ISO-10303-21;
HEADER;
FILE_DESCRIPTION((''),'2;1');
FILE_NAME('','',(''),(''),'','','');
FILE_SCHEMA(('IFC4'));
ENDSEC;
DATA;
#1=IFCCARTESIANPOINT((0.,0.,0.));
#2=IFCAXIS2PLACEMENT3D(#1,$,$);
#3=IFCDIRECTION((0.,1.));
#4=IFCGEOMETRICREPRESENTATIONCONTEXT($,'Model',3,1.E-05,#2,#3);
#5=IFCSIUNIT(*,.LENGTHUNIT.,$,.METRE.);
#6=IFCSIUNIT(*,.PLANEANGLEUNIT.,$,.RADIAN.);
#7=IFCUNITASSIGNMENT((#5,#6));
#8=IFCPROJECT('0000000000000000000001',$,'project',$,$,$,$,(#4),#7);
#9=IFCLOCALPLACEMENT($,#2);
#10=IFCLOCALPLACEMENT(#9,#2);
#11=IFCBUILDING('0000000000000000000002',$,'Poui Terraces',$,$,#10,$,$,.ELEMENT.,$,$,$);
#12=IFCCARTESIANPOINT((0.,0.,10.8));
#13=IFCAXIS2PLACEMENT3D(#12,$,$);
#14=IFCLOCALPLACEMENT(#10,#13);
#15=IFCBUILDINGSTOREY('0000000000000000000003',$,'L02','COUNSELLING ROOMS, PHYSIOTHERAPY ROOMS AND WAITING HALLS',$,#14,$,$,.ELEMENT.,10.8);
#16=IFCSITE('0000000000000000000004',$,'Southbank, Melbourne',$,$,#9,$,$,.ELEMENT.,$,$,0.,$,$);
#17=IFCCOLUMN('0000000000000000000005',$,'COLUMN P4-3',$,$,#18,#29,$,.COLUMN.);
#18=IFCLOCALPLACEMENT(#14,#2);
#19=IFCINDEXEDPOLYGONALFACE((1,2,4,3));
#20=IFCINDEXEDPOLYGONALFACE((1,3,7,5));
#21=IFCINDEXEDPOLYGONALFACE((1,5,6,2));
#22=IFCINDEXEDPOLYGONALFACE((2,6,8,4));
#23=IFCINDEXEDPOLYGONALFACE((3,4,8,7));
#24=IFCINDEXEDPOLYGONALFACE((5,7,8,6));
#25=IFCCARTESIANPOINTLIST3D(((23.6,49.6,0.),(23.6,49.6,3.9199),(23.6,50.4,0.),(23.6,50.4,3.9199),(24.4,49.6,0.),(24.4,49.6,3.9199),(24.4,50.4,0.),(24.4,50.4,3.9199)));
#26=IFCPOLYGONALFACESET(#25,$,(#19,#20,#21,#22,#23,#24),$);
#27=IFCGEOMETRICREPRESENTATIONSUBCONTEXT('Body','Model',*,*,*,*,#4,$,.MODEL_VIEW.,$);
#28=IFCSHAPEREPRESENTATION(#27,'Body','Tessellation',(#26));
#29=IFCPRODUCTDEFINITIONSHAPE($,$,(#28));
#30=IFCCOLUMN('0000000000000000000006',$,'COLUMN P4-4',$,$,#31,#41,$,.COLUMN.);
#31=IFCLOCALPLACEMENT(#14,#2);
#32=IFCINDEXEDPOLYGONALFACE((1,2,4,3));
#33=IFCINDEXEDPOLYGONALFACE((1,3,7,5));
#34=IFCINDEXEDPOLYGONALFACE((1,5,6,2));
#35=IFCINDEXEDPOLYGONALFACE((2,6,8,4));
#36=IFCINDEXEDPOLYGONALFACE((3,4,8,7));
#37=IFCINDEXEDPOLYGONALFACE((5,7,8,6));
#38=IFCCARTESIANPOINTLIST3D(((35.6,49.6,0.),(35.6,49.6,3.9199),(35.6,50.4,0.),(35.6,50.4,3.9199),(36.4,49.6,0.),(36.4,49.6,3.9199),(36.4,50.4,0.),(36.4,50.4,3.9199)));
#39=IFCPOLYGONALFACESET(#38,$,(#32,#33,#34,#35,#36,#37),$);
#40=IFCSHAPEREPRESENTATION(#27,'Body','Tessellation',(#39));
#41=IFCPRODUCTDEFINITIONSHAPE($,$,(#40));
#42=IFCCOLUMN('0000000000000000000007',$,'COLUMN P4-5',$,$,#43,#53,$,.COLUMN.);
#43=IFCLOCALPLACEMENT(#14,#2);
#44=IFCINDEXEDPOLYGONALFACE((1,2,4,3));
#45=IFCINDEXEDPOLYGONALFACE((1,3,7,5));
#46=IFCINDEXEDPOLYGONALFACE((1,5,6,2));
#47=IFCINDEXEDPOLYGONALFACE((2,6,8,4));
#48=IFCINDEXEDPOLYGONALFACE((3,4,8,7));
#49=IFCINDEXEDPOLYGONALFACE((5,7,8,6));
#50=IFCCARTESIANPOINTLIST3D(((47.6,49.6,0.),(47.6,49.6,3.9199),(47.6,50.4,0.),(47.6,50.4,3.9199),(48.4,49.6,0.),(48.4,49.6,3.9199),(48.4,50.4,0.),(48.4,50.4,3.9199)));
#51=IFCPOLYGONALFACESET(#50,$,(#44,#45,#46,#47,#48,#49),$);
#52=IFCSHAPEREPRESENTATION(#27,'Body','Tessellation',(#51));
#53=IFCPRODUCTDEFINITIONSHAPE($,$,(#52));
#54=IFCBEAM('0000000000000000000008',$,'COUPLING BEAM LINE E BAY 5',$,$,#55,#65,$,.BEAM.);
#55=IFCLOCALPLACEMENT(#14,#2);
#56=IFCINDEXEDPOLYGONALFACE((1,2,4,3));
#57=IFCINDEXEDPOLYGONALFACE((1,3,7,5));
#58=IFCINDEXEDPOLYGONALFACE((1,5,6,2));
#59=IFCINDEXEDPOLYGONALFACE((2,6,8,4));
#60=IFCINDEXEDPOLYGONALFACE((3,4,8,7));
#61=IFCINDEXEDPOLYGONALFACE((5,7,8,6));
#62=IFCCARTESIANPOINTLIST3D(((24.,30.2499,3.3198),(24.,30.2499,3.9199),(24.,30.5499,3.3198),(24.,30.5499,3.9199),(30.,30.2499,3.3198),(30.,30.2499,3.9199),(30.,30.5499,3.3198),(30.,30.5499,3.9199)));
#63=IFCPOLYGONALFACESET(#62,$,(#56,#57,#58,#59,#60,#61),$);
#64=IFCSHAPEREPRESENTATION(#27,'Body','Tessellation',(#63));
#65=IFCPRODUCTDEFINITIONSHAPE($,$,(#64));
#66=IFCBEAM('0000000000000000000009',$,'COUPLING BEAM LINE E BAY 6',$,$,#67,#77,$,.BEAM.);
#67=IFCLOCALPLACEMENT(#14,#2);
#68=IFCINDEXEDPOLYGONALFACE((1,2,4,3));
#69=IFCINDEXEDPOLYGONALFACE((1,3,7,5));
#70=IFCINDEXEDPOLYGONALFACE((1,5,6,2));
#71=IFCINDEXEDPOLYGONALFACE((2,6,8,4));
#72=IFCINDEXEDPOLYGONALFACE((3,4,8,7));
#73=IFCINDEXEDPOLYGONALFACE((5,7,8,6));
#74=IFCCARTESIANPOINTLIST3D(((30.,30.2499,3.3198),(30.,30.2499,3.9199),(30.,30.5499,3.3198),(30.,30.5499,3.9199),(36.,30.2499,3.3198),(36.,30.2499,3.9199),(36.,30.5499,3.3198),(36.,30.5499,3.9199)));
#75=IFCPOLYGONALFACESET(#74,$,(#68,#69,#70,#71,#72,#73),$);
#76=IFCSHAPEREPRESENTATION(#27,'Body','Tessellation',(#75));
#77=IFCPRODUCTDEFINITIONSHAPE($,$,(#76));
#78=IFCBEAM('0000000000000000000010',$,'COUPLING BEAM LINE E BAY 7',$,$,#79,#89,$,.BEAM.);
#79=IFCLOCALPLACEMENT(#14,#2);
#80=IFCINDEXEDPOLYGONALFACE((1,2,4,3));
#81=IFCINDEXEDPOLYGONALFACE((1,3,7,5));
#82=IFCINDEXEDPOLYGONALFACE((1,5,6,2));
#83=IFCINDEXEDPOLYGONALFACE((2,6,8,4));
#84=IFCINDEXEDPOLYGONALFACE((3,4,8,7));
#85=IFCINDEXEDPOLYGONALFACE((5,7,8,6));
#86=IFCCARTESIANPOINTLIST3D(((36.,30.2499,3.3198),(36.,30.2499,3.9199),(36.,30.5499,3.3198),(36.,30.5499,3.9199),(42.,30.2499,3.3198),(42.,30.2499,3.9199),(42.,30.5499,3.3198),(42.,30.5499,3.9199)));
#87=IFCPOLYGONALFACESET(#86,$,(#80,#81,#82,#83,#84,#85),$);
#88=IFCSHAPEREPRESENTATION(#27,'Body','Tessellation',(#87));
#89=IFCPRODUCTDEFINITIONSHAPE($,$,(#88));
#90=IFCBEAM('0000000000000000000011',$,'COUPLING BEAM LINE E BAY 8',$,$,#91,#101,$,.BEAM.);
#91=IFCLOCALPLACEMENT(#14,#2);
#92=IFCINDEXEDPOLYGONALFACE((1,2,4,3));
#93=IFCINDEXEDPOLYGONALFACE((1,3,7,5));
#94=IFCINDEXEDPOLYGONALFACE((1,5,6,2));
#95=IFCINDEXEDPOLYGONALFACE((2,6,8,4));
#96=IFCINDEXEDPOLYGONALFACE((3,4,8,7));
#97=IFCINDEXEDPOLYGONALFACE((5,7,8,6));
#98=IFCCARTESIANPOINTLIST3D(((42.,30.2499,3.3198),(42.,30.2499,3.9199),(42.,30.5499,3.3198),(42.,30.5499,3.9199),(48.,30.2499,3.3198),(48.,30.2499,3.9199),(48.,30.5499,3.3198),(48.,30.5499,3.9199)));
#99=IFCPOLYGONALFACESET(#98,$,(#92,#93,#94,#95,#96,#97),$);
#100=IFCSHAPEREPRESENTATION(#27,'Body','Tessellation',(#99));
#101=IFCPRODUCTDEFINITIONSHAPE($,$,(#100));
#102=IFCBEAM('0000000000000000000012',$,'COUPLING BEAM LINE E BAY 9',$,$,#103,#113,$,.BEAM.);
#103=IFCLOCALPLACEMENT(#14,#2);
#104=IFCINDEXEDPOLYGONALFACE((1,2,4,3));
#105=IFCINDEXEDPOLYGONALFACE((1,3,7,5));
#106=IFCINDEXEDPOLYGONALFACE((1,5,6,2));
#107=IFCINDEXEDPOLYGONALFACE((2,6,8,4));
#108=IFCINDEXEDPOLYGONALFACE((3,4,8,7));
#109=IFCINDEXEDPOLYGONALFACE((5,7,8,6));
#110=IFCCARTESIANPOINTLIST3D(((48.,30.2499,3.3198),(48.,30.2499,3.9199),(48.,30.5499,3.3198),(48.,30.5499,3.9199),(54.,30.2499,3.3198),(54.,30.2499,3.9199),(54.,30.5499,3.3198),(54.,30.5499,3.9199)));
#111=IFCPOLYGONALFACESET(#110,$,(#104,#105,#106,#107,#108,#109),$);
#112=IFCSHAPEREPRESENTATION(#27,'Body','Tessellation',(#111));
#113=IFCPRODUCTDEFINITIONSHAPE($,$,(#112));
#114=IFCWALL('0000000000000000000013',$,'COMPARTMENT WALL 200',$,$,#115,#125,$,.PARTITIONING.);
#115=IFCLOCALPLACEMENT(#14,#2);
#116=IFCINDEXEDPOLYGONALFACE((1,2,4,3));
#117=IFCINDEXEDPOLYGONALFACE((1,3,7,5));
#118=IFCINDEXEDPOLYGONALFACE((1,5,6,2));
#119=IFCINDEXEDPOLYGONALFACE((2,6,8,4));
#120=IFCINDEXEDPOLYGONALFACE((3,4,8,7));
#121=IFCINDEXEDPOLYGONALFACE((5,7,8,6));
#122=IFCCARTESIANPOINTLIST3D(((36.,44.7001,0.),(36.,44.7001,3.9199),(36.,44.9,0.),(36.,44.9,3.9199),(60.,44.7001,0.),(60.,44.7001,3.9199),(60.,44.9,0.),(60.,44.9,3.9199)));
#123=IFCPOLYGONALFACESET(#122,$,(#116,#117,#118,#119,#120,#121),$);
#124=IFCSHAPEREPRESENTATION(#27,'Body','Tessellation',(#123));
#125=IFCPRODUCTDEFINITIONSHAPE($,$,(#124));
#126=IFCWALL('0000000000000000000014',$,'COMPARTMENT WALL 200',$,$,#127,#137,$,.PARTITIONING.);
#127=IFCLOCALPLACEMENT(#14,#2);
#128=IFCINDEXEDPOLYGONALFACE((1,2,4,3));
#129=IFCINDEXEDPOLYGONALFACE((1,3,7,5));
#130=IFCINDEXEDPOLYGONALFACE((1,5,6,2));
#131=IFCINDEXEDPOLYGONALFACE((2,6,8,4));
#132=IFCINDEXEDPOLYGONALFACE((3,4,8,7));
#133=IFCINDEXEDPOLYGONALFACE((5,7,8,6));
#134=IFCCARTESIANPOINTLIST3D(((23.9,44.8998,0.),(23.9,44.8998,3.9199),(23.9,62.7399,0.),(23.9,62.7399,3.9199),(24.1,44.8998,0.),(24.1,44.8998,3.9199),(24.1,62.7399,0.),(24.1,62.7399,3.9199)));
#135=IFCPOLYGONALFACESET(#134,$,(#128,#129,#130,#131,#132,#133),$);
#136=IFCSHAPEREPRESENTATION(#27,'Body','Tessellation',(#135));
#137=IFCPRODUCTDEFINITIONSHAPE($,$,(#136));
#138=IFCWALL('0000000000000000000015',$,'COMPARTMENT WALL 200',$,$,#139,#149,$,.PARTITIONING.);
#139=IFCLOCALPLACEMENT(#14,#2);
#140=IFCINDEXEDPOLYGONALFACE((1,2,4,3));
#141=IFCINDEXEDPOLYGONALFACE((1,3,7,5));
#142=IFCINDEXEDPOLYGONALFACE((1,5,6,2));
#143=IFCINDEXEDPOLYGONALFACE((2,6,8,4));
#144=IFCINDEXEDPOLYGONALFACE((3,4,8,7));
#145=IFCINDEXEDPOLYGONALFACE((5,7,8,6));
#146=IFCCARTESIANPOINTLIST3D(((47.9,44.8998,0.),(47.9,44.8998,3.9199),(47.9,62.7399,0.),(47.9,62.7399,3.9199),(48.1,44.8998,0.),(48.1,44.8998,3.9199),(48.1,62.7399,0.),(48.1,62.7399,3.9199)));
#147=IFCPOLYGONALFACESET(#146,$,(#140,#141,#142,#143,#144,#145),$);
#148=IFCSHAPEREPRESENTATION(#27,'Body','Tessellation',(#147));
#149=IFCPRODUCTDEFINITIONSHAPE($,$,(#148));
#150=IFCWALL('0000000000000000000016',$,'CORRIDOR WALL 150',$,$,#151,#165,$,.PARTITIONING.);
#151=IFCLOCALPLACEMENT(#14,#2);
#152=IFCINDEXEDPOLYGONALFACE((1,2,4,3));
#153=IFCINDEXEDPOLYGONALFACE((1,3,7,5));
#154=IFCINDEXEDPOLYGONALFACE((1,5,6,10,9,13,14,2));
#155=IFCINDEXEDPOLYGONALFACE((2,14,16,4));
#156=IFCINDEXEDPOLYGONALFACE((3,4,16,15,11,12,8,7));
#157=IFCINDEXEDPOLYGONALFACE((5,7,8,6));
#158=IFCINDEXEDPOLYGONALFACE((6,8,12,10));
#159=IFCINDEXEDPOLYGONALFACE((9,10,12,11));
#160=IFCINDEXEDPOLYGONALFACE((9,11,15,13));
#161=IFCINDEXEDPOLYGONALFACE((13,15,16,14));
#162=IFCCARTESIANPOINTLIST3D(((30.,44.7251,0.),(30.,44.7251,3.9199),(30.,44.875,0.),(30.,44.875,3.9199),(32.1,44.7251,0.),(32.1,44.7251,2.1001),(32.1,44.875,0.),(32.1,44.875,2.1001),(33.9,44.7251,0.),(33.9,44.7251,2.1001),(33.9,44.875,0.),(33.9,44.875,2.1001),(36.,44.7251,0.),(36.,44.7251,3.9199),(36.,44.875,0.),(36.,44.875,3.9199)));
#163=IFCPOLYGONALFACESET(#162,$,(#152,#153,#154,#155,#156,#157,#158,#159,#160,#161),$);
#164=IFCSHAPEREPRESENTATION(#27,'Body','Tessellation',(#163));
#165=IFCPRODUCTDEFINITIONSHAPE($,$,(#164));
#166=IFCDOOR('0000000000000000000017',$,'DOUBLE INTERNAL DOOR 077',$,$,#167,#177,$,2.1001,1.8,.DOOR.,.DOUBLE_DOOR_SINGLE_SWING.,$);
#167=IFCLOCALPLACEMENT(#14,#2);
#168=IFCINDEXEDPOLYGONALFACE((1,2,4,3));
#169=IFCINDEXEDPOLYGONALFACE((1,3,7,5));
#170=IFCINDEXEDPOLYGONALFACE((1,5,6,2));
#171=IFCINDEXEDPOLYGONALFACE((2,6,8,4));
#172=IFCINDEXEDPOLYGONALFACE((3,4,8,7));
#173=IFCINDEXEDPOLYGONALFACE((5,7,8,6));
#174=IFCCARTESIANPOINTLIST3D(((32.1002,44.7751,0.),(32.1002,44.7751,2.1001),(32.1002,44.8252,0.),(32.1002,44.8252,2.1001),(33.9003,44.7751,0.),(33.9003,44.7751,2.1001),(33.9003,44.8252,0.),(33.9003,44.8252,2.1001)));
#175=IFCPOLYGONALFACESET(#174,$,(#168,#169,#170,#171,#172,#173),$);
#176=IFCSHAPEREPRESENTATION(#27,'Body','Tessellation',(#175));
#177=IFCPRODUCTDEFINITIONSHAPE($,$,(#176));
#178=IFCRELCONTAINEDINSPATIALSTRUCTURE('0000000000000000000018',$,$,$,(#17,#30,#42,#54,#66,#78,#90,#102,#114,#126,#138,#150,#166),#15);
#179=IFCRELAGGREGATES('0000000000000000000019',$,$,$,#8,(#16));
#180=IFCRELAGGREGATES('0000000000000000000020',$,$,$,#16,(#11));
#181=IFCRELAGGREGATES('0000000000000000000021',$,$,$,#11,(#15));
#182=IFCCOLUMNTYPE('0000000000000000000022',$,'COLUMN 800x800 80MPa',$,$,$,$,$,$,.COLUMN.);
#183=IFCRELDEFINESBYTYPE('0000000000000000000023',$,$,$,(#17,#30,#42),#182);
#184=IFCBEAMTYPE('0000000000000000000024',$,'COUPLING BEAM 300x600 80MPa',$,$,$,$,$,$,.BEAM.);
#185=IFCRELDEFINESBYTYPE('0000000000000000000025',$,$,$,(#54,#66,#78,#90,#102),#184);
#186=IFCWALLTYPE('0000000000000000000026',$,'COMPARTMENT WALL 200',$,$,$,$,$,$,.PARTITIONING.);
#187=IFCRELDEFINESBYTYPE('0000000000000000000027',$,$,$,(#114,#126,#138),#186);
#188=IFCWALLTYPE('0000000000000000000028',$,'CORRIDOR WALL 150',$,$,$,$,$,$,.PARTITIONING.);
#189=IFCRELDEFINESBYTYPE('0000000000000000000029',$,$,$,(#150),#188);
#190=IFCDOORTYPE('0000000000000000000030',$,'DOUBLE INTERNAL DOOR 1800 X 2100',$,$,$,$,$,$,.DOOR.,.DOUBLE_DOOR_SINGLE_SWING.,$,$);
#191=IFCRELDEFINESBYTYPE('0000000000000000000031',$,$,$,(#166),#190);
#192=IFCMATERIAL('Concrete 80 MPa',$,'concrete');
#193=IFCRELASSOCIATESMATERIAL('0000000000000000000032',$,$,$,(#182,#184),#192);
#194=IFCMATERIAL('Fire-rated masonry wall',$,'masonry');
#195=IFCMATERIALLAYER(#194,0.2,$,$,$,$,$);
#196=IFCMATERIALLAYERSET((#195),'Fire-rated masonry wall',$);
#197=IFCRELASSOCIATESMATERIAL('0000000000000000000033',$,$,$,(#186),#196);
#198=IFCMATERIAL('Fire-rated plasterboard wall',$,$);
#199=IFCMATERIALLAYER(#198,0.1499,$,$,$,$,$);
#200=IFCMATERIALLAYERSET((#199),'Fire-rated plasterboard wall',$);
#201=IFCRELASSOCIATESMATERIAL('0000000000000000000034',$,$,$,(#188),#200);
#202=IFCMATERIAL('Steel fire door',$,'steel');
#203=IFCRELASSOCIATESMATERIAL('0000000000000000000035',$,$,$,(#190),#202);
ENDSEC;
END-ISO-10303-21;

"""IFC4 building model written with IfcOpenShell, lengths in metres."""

from ifc_helpers import new_model, si_unit, direction, frame, frame_2d, origin, origin_2d, place, context, subcontext, project, spatial, rectangle, extrude, source, transform, mapped, material, layer, layer_set, material_profile, profile_set, type_object, element, fill, save


model = new_model("IFC4")

# Units and contexts
model_context = context("Model", 3, precision=1e-05, world=origin(), true_north=direction((0.0, 1.0)))
body_context = subcontext(model_context, "Body", "Model", "MODEL_VIEW")
ifc_project = project(units=[si_unit("LENGTHUNIT", "METRE"), si_unit("PLANEANGLEUNIT", "RADIAN")], contexts=[model_context])

# Site, building, storey
site_placement = place(None, origin())
site = spatial("IfcSite", under=ifc_project, at=site_placement, Name="Southbank, Melbourne", CompositionType="ELEMENT", RefElevation=0.0)
building_placement = place(site_placement, origin())
building = spatial("IfcBuilding", under=site, at=building_placement, Name="Poui Terraces", CompositionType="ELEMENT")
storey_placement = place(building_placement, frame((0.0, 0.0, 10.8)))
storey = spatial("IfcBuildingStorey", under=building, at=storey_placement, Name="L02", Description="COUNSELLING ROOMS, PHYSIOTHERAPY ROOMS AND WAITING HALLS", CompositionType="ELEMENT", Elevation=10.8)

# Columns
ifc_material_1 = material(Name="Concrete 80 MPa", Category="concrete")
ifc_material_profile_1 = material_profile(ifc_material_1, rectangle(XDim=0.8, YDim=0.8, at=origin_2d()), Name="RC 800x800")
ifc_profile_set_1 = profile_set([ifc_material_profile_1], Name="Concrete 80 MPa")
column_type = type_object("IfcColumnType", Name="COLUMN 800x800 80MPa", PredefinedType="COLUMN", material=ifc_profile_set_1)
shared_shape_1 = source(origin(), body_context, "Body", "SweptSolid", [
    extrude(rectangle(XDim=0.8, YDim=0.8, at=origin_2d()), origin(), (0.0, 0.0, 1.0), 3.9199),
])
for number, where, z_axis, x_axis, name in (
    (1, (24.0, 50.0, 0.0), (0.0, 0.0, 1.0), (1.0, 0.0, 0.0), "COLUMN P4-3"),
    (2, (36.0, 50.0, 0.0), (0.0, 0.0, 1.0), (1.0, 0.0, 0.0), "COLUMN P4-4"),
    (3, (48.0, 50.0, 0.0), (0.0, 0.0, 1.0), (1.0, 0.0, 0.0), "COLUMN P4-5"),
):
    element("IfcColumn", number, at=place(storey_placement, frame(where, z_axis=z_axis, x_axis=x_axis)), inside=storey, type_object=column_type, Name=name, PredefinedType="COLUMN", context=body_context, shape_type="MappedRepresentation", body=[
        mapped(shared_shape_1, transform((0.0, 0.0, 0.0))),
    ])

# Beams
ifc_material_profile_2 = material_profile(ifc_material_1, rectangle(XDim=0.3, YDim=0.6001, at=origin_2d()), Name="RC 300x600")
ifc_profile_set_2 = profile_set([ifc_material_profile_2], Name="Concrete 80 MPa")
beam_type = type_object("IfcBeamType", Name="COUPLING BEAM 300x600 80MPa", PredefinedType="BEAM", material=ifc_profile_set_2)
shared_shape_2 = source(origin(), body_context, "Body", "SweptSolid", [
    extrude(rectangle(XDim=0.3, YDim=0.6001, at=origin_2d()), origin(), (0.0, 0.0, 1.0), 6.0),
])
for number, where, z_axis, x_axis, name in (
    (4, (24.0, 30.3999, 3.6199), (1.0, 0.0, 0.0), (0.0, 1.0, 0.0), "COUPLING BEAM LINE E BAY 5"),
    (5, (30.0, 30.3999, 3.6199), (1.0, 0.0, 0.0), (0.0, 1.0, 0.0), "COUPLING BEAM LINE E BAY 6"),
    (6, (36.0, 30.3999, 3.6199), (1.0, 0.0, 0.0), (0.0, 1.0, 0.0), "COUPLING BEAM LINE E BAY 7"),
    (7, (42.0, 30.3999, 3.6199), (1.0, 0.0, 0.0), (0.0, 1.0, 0.0), "COUPLING BEAM LINE E BAY 8"),
    (8, (48.0, 30.3999, 3.6199), (1.0, 0.0, 0.0), (0.0, 1.0, 0.0), "COUPLING BEAM LINE E BAY 9"),
):
    element("IfcBeam", number, at=place(storey_placement, frame(where, z_axis=z_axis, x_axis=x_axis)), inside=storey, type_object=beam_type, Name=name, PredefinedType="BEAM", context=body_context, shape_type="MappedRepresentation", body=[
        mapped(shared_shape_2, transform((0.0, 0.0, 0.0))),
    ])

# Walls
ifc_material_2 = material(Name="Fire-rated masonry wall", Category="masonry")
ifc_layer_1 = layer(ifc_material_2, 0.2)
ifc_layer_set_1 = layer_set([ifc_layer_1], Name="Fire-rated masonry wall")
wall_type_1 = type_object("IfcWallType", Name="COMPARTMENT WALL 200", PredefinedType="PARTITIONING", material=ifc_layer_set_1)
wall_1_placement = place(storey_placement, frame((36.0, 44.8, 0.0), z_axis=(0.0, 0.0, 1.0), x_axis=(1.0, 0.0, 0.0)))
element("IfcWall", 9, at=wall_1_placement, inside=storey, type_object=wall_type_1, Name="COMPARTMENT WALL 200", PredefinedType="PARTITIONING", context=body_context, shape_type="SweptSolid", body=[
    extrude(rectangle(XDim=24.0, YDim=0.2, at=frame_2d((12.0, 0.0))), origin(), (0.0, 0.0, 1.0), 3.9199),
])
for number, where, z_axis, x_axis, name in (
    (10, (24.0, 44.8999, 0.0), (0.0, 0.0, 1.0), (0.0, 1.0, 0.0), "COMPARTMENT WALL 200"),
    (11, (48.0, 44.8999, 0.0), (0.0, 0.0, 1.0), (0.0, 1.0, 0.0), "COMPARTMENT WALL 200"),
):
    element("IfcWall", number, at=place(storey_placement, frame(where, z_axis=z_axis, x_axis=x_axis)), inside=storey, type_object=wall_type_1, Name=name, PredefinedType="PARTITIONING", context=body_context, shape_type="SweptSolid", body=[
        extrude(rectangle(XDim=17.8401, YDim=0.2, at=frame_2d((8.9199, 0.0))), origin(), (0.0, 0.0, 1.0), 3.9199),
    ])

# Wall, opening, door
ifc_material_3 = material(Name="Fire-rated plasterboard wall")
ifc_layer_2 = layer(ifc_material_3, 0.1499)
ifc_layer_set_2 = layer_set([ifc_layer_2], Name="Fire-rated plasterboard wall")
wall_type_2 = type_object("IfcWallType", Name="CORRIDOR WALL 150", PredefinedType="PARTITIONING", material=ifc_layer_set_2)
wall_2_placement = place(storey_placement, frame((30.0, 44.8, 0.0), z_axis=(0.0, 0.0, 1.0), x_axis=(1.0, 0.0, 0.0)))
wall_2 = element("IfcWall", 12, at=wall_2_placement, inside=storey, type_object=wall_type_2, Name="CORRIDOR WALL 150", PredefinedType="PARTITIONING", context=body_context, shape_type="SweptSolid", body=[
    extrude(rectangle(XDim=6.0, YDim=0.1499, at=frame_2d((3.0, 0.0))), origin(), (0.0, 0.0, 1.0), 3.9199),
])
opening_1_placement = place(wall_2_placement, frame((2.1001, 0.0, 0.0)))
opening_1 = element("IfcOpeningElement", 13, at=opening_1_placement, cuts=wall_2, PredefinedType="OPENING", context=body_context, shape_type="SweptSolid", body=[
    extrude(rectangle(XDim=1.8, YDim=2.1001, at=frame_2d((0.8999, 1.05))), frame((0.0, 0.085, 0.0), z_axis=(0.0, -1.0, 0.0), x_axis=(1.0, 0.0, 0.0)), (0.0, 0.0, 1.0), 0.1699),
])
ifc_material_4 = material(Name="Steel fire door", Category="steel")
door_type_1 = type_object("IfcDoorType", Name="DOUBLE INTERNAL DOOR 1800 X 2100", OperationType="DOUBLE_DOOR_SINGLE_SWING", PredefinedType="DOOR", material=ifc_material_4)
door_1_placement = place(opening_1_placement, frame((1.8, 0.0, 0.0), z_axis=(0.0, 0.0, 1.0), x_axis=(-1.0, 0.0, 0.0)))
door_1 = element("IfcDoor", 14, at=door_1_placement, inside=storey, type_object=door_type_1, Name="DOUBLE INTERNAL DOOR 077", OperationType="DOUBLE_DOOR_SINGLE_SWING", OverallHeight=2.1001, OverallWidth=1.8, PredefinedType="DOOR", context=body_context, shape_type="SweptSolid", body=[
    extrude(rectangle(XDim=1.8, YDim=2.1001, at=frame_2d((0.8999, 1.05))), frame((0.0, 0.0249, 0.0), z_axis=(0.0, -1.0, 0.0), x_axis=(1.0, 0.0, 0.0)), (0.0, 0.0, 1.0), 0.05),
])
fill(opening_1, door_1)

save(model, "model.ifc")
